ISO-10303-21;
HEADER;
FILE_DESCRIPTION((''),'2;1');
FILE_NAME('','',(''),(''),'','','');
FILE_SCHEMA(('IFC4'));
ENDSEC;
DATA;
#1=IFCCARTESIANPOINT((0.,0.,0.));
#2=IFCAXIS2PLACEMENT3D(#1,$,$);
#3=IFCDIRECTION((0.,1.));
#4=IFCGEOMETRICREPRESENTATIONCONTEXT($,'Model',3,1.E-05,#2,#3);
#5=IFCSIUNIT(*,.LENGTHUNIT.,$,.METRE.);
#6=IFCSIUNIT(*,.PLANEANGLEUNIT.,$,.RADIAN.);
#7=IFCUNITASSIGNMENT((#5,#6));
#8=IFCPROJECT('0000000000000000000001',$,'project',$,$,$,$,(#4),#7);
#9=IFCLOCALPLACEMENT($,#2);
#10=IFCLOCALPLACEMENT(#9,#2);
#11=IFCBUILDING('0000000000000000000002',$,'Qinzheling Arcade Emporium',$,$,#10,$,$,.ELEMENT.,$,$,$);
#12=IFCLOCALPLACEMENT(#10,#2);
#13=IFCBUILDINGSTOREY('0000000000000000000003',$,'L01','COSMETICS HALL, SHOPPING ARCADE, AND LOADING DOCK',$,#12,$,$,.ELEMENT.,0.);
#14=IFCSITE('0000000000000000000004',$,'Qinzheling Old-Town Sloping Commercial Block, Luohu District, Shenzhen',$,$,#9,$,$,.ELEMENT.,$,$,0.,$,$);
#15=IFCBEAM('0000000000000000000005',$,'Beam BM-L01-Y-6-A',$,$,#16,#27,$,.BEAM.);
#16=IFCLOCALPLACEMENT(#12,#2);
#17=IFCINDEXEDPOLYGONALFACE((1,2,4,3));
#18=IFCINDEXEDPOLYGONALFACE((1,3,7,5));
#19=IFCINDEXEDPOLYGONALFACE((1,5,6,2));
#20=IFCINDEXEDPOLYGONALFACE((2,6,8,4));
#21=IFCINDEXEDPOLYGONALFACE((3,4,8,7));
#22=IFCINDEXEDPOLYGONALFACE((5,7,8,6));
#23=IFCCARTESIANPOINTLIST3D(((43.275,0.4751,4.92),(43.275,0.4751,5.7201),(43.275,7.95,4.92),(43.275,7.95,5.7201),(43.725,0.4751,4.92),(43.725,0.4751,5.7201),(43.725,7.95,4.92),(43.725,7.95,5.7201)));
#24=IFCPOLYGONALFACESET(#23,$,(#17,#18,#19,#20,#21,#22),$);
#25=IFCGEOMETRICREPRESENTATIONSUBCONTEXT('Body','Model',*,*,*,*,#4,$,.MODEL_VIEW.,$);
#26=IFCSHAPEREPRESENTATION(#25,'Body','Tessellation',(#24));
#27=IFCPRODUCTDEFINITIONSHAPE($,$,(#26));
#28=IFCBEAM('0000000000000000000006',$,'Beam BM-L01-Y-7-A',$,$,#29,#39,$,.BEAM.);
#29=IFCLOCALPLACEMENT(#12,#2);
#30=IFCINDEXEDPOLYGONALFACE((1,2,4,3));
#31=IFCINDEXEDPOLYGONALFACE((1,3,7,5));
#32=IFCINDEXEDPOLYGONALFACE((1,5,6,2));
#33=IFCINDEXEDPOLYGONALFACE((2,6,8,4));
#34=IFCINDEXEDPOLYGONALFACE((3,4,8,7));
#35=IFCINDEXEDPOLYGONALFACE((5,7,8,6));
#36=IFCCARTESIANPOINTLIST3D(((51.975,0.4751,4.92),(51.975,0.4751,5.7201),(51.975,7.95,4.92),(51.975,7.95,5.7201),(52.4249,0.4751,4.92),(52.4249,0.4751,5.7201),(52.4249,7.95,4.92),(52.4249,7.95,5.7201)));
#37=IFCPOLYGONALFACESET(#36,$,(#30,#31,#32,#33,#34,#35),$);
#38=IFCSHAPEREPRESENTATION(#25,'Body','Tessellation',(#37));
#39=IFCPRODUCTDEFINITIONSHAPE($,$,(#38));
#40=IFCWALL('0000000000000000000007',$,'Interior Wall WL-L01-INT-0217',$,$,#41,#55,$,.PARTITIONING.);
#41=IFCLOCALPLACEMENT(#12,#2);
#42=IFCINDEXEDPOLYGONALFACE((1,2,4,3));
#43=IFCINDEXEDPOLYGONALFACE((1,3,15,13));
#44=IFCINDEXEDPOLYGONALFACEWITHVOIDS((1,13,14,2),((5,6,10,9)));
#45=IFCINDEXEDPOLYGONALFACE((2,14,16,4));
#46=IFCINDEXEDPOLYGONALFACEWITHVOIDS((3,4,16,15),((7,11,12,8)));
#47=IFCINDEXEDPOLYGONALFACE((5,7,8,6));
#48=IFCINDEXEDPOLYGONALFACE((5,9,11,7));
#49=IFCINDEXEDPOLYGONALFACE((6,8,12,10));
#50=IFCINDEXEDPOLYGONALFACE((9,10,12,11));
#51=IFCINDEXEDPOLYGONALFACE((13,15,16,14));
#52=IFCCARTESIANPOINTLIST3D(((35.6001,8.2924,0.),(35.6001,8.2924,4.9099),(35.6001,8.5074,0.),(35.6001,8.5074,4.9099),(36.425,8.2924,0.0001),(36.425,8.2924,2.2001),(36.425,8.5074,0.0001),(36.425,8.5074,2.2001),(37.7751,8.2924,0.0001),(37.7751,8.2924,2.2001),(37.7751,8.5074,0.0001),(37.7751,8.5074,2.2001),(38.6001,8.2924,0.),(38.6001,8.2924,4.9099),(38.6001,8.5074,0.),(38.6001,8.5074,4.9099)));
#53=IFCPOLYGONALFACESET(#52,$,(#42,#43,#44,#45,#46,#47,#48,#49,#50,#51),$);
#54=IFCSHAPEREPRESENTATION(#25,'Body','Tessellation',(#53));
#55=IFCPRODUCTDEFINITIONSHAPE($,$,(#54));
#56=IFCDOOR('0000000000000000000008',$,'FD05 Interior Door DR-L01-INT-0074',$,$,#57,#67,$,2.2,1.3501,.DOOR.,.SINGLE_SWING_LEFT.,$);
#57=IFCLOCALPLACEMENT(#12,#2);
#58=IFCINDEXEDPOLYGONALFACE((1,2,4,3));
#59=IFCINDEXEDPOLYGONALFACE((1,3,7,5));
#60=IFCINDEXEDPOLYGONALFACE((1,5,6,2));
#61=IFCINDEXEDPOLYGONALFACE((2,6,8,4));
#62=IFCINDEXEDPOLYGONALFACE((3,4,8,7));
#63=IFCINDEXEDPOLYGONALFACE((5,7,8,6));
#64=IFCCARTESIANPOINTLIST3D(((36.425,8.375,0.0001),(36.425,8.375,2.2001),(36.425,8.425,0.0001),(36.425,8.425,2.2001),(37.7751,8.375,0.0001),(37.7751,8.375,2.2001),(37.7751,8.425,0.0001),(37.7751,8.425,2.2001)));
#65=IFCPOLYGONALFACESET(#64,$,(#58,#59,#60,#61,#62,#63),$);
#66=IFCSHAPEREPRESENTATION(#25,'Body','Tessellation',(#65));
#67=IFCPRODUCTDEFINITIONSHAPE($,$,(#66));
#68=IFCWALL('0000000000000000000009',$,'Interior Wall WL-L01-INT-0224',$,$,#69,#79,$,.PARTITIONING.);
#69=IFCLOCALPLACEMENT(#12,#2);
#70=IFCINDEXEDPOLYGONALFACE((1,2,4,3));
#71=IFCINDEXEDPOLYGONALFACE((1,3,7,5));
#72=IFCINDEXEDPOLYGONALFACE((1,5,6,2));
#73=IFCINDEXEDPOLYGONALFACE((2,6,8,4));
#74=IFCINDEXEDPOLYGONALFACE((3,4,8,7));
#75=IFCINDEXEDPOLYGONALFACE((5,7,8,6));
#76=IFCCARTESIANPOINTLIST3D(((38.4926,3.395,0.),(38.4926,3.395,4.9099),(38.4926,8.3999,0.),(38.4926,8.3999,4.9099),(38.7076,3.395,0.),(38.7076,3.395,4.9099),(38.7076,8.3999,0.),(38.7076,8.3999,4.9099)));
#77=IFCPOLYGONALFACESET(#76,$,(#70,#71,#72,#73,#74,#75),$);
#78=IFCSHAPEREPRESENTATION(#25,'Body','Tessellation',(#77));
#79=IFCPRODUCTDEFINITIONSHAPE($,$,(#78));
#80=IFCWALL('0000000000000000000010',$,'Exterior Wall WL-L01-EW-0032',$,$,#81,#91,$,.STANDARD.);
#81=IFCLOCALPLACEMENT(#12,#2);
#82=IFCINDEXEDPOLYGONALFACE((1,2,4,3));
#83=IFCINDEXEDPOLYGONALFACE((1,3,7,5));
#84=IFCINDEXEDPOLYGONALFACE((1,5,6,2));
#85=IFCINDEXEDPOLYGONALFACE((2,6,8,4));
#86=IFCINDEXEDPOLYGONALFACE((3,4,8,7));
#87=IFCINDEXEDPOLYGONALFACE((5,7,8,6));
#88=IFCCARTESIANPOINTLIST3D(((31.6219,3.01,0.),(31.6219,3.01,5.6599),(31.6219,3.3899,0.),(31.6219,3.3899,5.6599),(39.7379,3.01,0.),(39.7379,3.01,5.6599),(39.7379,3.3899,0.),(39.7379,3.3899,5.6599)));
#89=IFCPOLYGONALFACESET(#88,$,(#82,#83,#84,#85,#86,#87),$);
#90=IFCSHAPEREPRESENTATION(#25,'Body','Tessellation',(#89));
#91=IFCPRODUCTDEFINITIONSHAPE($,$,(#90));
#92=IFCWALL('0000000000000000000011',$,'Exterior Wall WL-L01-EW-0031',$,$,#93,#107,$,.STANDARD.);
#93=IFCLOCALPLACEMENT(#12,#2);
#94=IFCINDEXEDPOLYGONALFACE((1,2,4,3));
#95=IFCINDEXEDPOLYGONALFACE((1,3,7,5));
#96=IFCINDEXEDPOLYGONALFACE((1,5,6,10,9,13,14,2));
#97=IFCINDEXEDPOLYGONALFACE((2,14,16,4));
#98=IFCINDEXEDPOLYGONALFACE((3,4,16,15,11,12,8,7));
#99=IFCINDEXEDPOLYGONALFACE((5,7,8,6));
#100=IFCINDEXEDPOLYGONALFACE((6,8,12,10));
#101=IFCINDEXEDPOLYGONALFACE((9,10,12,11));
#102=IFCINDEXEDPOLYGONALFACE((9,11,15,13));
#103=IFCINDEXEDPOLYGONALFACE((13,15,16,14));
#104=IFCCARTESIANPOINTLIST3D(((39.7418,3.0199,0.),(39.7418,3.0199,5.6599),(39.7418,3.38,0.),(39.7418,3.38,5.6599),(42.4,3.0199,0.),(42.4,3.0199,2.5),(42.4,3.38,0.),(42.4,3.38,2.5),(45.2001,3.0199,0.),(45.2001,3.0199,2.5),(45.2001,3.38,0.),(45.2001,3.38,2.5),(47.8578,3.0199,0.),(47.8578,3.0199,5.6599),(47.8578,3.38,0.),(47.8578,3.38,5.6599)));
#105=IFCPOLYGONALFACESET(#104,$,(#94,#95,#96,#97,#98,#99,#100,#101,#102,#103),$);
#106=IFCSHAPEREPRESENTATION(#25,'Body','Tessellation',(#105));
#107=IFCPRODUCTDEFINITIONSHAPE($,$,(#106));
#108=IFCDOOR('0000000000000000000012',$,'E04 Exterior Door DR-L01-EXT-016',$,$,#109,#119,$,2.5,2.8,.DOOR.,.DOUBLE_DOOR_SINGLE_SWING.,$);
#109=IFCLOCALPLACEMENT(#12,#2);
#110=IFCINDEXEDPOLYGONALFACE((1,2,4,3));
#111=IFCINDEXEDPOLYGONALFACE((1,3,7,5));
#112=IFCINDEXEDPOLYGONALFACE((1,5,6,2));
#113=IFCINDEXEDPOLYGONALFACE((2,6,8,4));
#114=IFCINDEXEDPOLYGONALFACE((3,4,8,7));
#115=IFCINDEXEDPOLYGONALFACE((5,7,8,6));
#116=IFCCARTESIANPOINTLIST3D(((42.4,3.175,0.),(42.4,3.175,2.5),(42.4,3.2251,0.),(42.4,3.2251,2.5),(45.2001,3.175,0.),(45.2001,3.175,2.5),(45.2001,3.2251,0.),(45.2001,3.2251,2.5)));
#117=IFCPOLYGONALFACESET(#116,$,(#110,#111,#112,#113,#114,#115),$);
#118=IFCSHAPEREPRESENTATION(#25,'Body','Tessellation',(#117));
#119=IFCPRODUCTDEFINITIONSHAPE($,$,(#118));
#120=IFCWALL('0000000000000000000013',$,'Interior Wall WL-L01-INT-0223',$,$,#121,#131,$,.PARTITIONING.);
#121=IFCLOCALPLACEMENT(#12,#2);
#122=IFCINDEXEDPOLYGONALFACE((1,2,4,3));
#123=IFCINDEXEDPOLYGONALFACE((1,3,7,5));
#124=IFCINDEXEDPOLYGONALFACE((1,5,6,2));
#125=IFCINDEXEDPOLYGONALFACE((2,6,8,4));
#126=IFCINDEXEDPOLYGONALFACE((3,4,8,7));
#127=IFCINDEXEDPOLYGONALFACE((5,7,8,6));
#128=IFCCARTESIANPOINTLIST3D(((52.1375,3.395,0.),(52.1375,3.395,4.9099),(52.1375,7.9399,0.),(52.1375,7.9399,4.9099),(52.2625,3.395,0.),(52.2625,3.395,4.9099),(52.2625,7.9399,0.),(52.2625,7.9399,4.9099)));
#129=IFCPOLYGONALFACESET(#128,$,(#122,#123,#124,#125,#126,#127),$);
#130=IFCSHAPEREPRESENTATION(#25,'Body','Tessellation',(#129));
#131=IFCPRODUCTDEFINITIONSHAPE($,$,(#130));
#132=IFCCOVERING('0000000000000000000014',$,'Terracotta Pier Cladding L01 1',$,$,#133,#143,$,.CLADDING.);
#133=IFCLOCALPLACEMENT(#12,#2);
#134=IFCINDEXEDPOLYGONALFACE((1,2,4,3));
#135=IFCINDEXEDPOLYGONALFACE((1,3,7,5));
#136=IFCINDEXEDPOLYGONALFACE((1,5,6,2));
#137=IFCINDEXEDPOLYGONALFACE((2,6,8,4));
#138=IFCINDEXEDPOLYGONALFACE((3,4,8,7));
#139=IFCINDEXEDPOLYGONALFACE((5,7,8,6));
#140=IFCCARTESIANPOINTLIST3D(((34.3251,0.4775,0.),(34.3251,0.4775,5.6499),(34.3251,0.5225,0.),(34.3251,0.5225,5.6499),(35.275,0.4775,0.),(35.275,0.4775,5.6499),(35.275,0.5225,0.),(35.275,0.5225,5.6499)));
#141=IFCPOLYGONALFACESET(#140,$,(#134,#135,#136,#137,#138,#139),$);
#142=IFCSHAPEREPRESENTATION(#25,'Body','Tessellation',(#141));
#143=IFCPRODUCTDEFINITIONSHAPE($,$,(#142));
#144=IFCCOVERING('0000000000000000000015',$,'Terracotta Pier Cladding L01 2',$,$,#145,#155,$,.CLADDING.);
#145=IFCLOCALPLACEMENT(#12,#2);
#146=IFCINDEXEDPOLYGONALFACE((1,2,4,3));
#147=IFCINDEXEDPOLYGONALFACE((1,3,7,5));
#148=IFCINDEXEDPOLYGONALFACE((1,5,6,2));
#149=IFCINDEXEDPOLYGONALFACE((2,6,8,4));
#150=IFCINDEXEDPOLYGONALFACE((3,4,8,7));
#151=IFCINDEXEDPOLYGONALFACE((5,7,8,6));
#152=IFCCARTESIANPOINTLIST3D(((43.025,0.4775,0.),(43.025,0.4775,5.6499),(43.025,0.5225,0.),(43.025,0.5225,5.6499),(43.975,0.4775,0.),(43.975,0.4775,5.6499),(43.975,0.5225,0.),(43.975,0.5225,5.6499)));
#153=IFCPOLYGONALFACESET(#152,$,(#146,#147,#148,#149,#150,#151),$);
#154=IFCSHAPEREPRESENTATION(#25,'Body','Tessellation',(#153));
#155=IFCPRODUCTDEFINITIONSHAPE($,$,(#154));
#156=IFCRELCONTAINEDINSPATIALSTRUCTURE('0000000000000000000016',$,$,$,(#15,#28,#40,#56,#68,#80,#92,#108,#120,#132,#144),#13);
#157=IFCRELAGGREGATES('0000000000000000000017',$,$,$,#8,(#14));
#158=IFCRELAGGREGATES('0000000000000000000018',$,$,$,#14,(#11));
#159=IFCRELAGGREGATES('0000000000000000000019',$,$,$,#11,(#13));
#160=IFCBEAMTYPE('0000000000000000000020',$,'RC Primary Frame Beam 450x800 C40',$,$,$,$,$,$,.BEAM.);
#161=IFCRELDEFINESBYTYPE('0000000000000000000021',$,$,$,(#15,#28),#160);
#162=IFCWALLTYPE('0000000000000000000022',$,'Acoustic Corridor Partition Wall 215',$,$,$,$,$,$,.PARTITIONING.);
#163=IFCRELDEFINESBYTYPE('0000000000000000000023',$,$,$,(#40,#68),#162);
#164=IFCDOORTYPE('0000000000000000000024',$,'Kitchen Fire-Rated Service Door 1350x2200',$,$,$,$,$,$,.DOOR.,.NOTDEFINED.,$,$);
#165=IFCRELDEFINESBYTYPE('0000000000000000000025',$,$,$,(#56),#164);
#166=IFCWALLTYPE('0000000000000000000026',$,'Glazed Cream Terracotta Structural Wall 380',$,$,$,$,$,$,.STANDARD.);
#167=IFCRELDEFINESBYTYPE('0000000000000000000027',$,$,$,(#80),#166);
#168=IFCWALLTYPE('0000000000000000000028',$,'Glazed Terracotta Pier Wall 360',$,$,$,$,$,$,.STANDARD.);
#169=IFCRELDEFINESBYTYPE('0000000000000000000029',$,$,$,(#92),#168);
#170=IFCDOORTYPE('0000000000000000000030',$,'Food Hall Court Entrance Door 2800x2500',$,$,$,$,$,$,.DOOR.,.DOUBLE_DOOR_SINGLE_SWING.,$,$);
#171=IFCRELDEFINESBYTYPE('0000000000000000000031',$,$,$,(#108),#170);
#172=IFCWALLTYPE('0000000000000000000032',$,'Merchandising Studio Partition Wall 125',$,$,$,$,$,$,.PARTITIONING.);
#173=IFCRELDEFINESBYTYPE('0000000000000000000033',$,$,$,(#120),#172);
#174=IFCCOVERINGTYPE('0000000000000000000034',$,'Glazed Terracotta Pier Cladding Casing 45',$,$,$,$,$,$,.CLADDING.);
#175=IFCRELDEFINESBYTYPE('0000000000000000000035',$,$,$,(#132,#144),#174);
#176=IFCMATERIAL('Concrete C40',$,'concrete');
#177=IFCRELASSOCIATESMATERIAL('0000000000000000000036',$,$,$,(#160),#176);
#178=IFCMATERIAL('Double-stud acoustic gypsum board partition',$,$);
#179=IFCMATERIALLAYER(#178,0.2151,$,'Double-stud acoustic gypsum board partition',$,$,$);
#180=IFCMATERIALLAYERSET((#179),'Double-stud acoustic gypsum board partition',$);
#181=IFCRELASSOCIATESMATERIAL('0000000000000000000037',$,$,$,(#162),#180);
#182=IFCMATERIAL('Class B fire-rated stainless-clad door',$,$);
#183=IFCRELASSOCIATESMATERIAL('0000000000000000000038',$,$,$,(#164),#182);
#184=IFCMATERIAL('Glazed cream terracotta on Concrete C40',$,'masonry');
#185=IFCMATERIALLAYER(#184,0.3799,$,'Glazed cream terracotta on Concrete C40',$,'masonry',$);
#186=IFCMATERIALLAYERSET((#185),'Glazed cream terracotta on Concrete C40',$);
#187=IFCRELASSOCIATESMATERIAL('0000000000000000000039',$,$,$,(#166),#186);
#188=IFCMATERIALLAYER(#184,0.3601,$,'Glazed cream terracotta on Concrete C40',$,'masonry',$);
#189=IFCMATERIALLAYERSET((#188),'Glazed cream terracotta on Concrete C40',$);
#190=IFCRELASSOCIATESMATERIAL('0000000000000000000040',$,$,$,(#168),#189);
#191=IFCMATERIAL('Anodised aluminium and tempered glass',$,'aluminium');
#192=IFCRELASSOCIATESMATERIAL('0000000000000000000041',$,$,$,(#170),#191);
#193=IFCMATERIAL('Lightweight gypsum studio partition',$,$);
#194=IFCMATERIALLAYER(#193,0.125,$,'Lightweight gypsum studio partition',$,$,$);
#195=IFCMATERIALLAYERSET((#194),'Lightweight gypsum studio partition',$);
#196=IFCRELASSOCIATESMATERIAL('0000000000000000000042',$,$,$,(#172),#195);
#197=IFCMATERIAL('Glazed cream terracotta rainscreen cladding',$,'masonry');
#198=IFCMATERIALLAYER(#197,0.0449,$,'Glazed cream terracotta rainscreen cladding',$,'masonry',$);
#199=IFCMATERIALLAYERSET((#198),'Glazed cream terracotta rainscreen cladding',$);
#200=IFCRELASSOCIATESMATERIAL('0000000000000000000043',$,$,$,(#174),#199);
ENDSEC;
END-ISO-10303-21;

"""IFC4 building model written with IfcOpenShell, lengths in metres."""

from ifc_helpers import new_model, si_unit, direction, frame, frame_2d, origin, origin_2d, place, context, subcontext, project, spatial, rectangle, extrude, material, layer, layer_set, material_profile, profile_set, type_object, element, fill, save


model = new_model("IFC4")

# Units and contexts
model_context = context("Model", 3, precision=1e-05, world=origin(), true_north=direction((0.0, 1.0)))
body_context = subcontext(model_context, "Body", "Model", "MODEL_VIEW")
ifc_project = project(units=[si_unit("LENGTHUNIT", "METRE"), si_unit("PLANEANGLEUNIT", "RADIAN")], contexts=[model_context])

# Site, building, storey
site_placement = place(None, origin())
site = spatial("IfcSite", under=ifc_project, at=site_placement, Name="Qinzheling Old-Town Sloping Commercial Block, Luohu District, Shenzhen", CompositionType="ELEMENT", RefElevation=0.0)
building_placement = place(site_placement, origin())
building = spatial("IfcBuilding", under=site, at=building_placement, Name="Qinzheling Arcade Emporium", CompositionType="ELEMENT")
storey_placement = place(building_placement, origin())
storey = spatial("IfcBuildingStorey", under=building, at=storey_placement, Name="L01", Description="COSMETICS HALL, SHOPPING ARCADE, AND LOADING DOCK", CompositionType="ELEMENT", Elevation=0.0)

# Beams
ifc_material_1 = material(Name="Concrete C40", Category="concrete")
ifc_material_profile_1 = material_profile(ifc_material_1, rectangle(XDim=0.45, YDim=0.8, at=origin_2d()), Name="RC 450x800", Category="concrete")
ifc_profile_set_1 = profile_set([ifc_material_profile_1], Name="Concrete C40")
beam_type_1 = type_object("IfcBeamType", Name="RC Primary Frame Beam 450x800 C40", PredefinedType="BEAM", material=ifc_profile_set_1)
for number, where, z_axis, x_axis, name in (
    (1, (43.5, 0.4751, 5.3201), (0.0, 1.0, 0.0), (-1.0, 0.0, 0.0), "Beam BM-L01-Y-6-A"),
    (2, (52.2, 0.4751, 5.3201), (0.0, 1.0, 0.0), (-1.0, 0.0, 0.0), "Beam BM-L01-Y-7-A"),
):
    element("IfcBeam", number, at=place(storey_placement, frame(where, z_axis=z_axis, x_axis=x_axis)), inside=storey, type_object=beam_type_1, Name=name, PredefinedType="BEAM", context=body_context, shape_type="SweptSolid", body=[
        extrude(rectangle(XDim=0.45, YDim=0.8, at=origin_2d()), origin(), (0.0, 0.0, 1.0), 7.4749),
    ])

# Wall, opening, door
ifc_material_2 = material(Name="Double-stud acoustic gypsum board partition")
ifc_layer_1 = layer(ifc_material_2, 0.2151, Name="Double-stud acoustic gypsum board partition")
ifc_layer_set_1 = layer_set([ifc_layer_1], Name="Double-stud acoustic gypsum board partition")
wall_type_1 = type_object("IfcWallType", Name="Acoustic Corridor Partition Wall 215", PredefinedType="PARTITIONING", material=ifc_layer_set_1)
wall_1_placement = place(storey_placement, frame((38.6001, 8.3999, 0.0), z_axis=(0.0, 0.0, 1.0), x_axis=(-1.0, 0.0, 0.0)))
wall_1 = element("IfcWall", 3, at=wall_1_placement, inside=storey, type_object=wall_type_1, Name="Interior Wall WL-L01-INT-0217", PredefinedType="PARTITIONING", context=body_context, shape_type="SweptSolid", body=[
    extrude(rectangle(XDim=3.0, YDim=0.2151, at=frame_2d((1.5, 0.0))), origin(), (0.0, 0.0, 1.0), 4.9099),
])
opening_1_placement = place(wall_1_placement, frame((0.825, 0.0, 0.0)))
opening_1 = element("IfcOpeningElement", 4, at=opening_1_placement, cuts=wall_1, PredefinedType="OPENING", context=body_context, shape_type="SweptSolid", body=[
    extrude(rectangle(XDim=1.3501, YDim=2.2, at=frame_2d((0.675, 1.1001))), frame((0.0, 0.1177, 0.0), z_axis=(0.0, -1.0, 0.0), x_axis=(1.0, 0.0, 0.0)), (0.0, 0.0, 1.0), 0.2351),
])
ifc_material_3 = material(Name="Class B fire-rated stainless-clad door")
door_type_1 = type_object("IfcDoorType", Name="Kitchen Fire-Rated Service Door 1350x2200", OperationType="NOTDEFINED", PredefinedType="DOOR", material=ifc_material_3)
door_1_placement = place(opening_1_placement, origin())
door_1 = element("IfcDoor", 5, at=door_1_placement, inside=storey, type_object=door_type_1, Name="FD05 Interior Door DR-L01-INT-0074", OperationType="SINGLE_SWING_LEFT", OverallHeight=2.2, OverallWidth=1.3501, PredefinedType="DOOR", context=body_context, shape_type="SweptSolid", body=[
    extrude(rectangle(XDim=1.3501, YDim=2.2, at=frame_2d((0.675, 1.1001))), frame((0.0, 0.0249, 0.0), z_axis=(0.0, -1.0, 0.0), x_axis=(1.0, 0.0, 0.0)), (0.0, 0.0, 1.0), 0.05),
])
fill(opening_1, door_1)

# Walls
wall_2_placement = place(storey_placement, frame((38.6001, 3.395, 0.0), z_axis=(0.0, 0.0, 1.0), x_axis=(0.0, 1.0, 0.0)))
element("IfcWall", 6, at=wall_2_placement, inside=storey, type_object=wall_type_1, Name="Interior Wall WL-L01-INT-0224", PredefinedType="PARTITIONING", context=body_context, shape_type="SweptSolid", body=[
    extrude(rectangle(XDim=5.0049, YDim=0.2151, at=frame_2d((2.5024, 0.0))), origin(), (0.0, 0.0, 1.0), 4.9099),
])
ifc_material_4 = material(Name="Glazed cream terracotta on Concrete C40", Category="masonry")
ifc_layer_2 = layer(ifc_material_4, 0.3799, Name="Glazed cream terracotta on Concrete C40", Category="masonry")
ifc_layer_set_2 = layer_set([ifc_layer_2], Name="Glazed cream terracotta on Concrete C40")
wall_type_2 = type_object("IfcWallType", Name="Glazed Cream Terracotta Structural Wall 380", PredefinedType="STANDARD", material=ifc_layer_set_2)
wall_3_placement = place(storey_placement, frame((39.738, 3.2, 0.0), z_axis=(0.0, 0.0, 1.0), x_axis=(-1.0, 0.0, 0.0)))
element("IfcWall", 7, at=wall_3_placement, inside=storey, type_object=wall_type_2, Name="Exterior Wall WL-L01-EW-0032", PredefinedType="STANDARD", context=body_context, shape_type="SweptSolid", body=[
    extrude(rectangle(XDim=8.116, YDim=0.3799, at=frame_2d((4.0581, 0.0))), origin(), (0.0, 0.0, 1.0), 5.6599),
])

# Wall, opening, door
ifc_layer_3 = layer(ifc_material_4, 0.3601, Name="Glazed cream terracotta on Concrete C40", Category="masonry")
ifc_layer_set_3 = layer_set([ifc_layer_3], Name="Glazed cream terracotta on Concrete C40")
wall_type_3 = type_object("IfcWallType", Name="Glazed Terracotta Pier Wall 360", PredefinedType="STANDARD", material=ifc_layer_set_3)
wall_4_placement = place(storey_placement, frame((47.8579, 3.2, 0.0), z_axis=(0.0, 0.0, 1.0), x_axis=(-1.0, 0.0, 0.0)))
wall_4 = element("IfcWall", 8, at=wall_4_placement, inside=storey, type_object=wall_type_3, Name="Exterior Wall WL-L01-EW-0031", PredefinedType="STANDARD", context=body_context, shape_type="SweptSolid", body=[
    extrude(rectangle(XDim=8.116, YDim=0.3601, at=frame_2d((4.0581, 0.0))), origin(), (0.0, 0.0, 1.0), 5.6599),
])
opening_2_placement = place(wall_4_placement, frame((2.658, 0.0, 0.0)))
opening_2 = element("IfcOpeningElement", 9, at=opening_2_placement, cuts=wall_4, PredefinedType="OPENING", context=body_context, shape_type="SweptSolid", body=[
    extrude(rectangle(XDim=2.8, YDim=2.5, at=frame_2d((1.3999, 1.25))), frame((0.0, 0.1899, 0.0), z_axis=(0.0, -1.0, 0.0), x_axis=(1.0, 0.0, 0.0)), (0.0, 0.0, 1.0), 0.3801),
])
ifc_material_5 = material(Name="Anodised aluminium and tempered glass", Category="aluminium")
door_type_2 = type_object("IfcDoorType", Name="Food Hall Court Entrance Door 2800x2500", OperationType="DOUBLE_DOOR_SINGLE_SWING", PredefinedType="DOOR", material=ifc_material_5)
door_2_placement = place(opening_2_placement, origin())
door_2 = element("IfcDoor", 10, at=door_2_placement, inside=storey, type_object=door_type_2, Name="E04 Exterior Door DR-L01-EXT-016", OperationType="DOUBLE_DOOR_SINGLE_SWING", OverallHeight=2.5, OverallWidth=2.8, PredefinedType="DOOR", context=body_context, shape_type="SweptSolid", body=[
    extrude(rectangle(XDim=2.8, YDim=2.5, at=frame_2d((1.3999, 1.25))), frame((0.0, 0.0249, 0.0), z_axis=(0.0, -1.0, 0.0), x_axis=(1.0, 0.0, 0.0)), (0.0, 0.0, 1.0), 0.05),
])
fill(opening_2, door_2)

# Wall
ifc_material_6 = material(Name="Lightweight gypsum studio partition")
ifc_layer_4 = layer(ifc_material_6, 0.125, Name="Lightweight gypsum studio partition")
ifc_layer_set_4 = layer_set([ifc_layer_4], Name="Lightweight gypsum studio partition")
wall_type_4 = type_object("IfcWallType", Name="Merchandising Studio Partition Wall 125", PredefinedType="PARTITIONING", material=ifc_layer_set_4)
wall_5_placement = place(storey_placement, frame((52.2, 7.9399, 0.0), z_axis=(0.0, 0.0, 1.0), x_axis=(0.0, -1.0, 0.0)))
element("IfcWall", 11, at=wall_5_placement, inside=storey, type_object=wall_type_4, Name="Interior Wall WL-L01-INT-0223", PredefinedType="PARTITIONING", context=body_context, shape_type="SweptSolid", body=[
    extrude(rectangle(XDim=4.5449, YDim=0.125, at=frame_2d((2.2725, 0.0))), origin(), (0.0, 0.0, 1.0), 4.9099),
])

# Coverings
ifc_material_7 = material(Name="Glazed cream terracotta rainscreen cladding", Category="masonry")
ifc_layer_5 = layer(ifc_material_7, 0.0449, Name="Glazed cream terracotta rainscreen cladding", Category="masonry")
ifc_layer_set_5 = layer_set([ifc_layer_5], Name="Glazed cream terracotta rainscreen cladding")
covering_type = type_object("IfcCoveringType", Name="Glazed Terracotta Pier Cladding Casing 45", PredefinedType="CLADDING", material=ifc_layer_set_5)
for number, where, z_axis, x_axis, name in (
    (12, (34.8, 0.5, 0.0), (0.0, 0.0, 1.0), (1.0, 0.0, 0.0), "Terracotta Pier Cladding L01 1"),
    (13, (43.5, 0.5, 0.0), (0.0, 0.0, 1.0), (1.0, 0.0, 0.0), "Terracotta Pier Cladding L01 2"),
):
    element("IfcCovering", number, at=place(storey_placement, frame(where, z_axis=z_axis, x_axis=x_axis)), inside=storey, type_object=covering_type, Name=name, PredefinedType="CLADDING", context=body_context, shape_type="SweptSolid", body=[
        extrude(rectangle(XDim=0.95, YDim=0.0449, at=origin_2d()), origin(), (0.0, 0.0, 1.0), 5.6499),
    ])

save(model, "model.ifc")
